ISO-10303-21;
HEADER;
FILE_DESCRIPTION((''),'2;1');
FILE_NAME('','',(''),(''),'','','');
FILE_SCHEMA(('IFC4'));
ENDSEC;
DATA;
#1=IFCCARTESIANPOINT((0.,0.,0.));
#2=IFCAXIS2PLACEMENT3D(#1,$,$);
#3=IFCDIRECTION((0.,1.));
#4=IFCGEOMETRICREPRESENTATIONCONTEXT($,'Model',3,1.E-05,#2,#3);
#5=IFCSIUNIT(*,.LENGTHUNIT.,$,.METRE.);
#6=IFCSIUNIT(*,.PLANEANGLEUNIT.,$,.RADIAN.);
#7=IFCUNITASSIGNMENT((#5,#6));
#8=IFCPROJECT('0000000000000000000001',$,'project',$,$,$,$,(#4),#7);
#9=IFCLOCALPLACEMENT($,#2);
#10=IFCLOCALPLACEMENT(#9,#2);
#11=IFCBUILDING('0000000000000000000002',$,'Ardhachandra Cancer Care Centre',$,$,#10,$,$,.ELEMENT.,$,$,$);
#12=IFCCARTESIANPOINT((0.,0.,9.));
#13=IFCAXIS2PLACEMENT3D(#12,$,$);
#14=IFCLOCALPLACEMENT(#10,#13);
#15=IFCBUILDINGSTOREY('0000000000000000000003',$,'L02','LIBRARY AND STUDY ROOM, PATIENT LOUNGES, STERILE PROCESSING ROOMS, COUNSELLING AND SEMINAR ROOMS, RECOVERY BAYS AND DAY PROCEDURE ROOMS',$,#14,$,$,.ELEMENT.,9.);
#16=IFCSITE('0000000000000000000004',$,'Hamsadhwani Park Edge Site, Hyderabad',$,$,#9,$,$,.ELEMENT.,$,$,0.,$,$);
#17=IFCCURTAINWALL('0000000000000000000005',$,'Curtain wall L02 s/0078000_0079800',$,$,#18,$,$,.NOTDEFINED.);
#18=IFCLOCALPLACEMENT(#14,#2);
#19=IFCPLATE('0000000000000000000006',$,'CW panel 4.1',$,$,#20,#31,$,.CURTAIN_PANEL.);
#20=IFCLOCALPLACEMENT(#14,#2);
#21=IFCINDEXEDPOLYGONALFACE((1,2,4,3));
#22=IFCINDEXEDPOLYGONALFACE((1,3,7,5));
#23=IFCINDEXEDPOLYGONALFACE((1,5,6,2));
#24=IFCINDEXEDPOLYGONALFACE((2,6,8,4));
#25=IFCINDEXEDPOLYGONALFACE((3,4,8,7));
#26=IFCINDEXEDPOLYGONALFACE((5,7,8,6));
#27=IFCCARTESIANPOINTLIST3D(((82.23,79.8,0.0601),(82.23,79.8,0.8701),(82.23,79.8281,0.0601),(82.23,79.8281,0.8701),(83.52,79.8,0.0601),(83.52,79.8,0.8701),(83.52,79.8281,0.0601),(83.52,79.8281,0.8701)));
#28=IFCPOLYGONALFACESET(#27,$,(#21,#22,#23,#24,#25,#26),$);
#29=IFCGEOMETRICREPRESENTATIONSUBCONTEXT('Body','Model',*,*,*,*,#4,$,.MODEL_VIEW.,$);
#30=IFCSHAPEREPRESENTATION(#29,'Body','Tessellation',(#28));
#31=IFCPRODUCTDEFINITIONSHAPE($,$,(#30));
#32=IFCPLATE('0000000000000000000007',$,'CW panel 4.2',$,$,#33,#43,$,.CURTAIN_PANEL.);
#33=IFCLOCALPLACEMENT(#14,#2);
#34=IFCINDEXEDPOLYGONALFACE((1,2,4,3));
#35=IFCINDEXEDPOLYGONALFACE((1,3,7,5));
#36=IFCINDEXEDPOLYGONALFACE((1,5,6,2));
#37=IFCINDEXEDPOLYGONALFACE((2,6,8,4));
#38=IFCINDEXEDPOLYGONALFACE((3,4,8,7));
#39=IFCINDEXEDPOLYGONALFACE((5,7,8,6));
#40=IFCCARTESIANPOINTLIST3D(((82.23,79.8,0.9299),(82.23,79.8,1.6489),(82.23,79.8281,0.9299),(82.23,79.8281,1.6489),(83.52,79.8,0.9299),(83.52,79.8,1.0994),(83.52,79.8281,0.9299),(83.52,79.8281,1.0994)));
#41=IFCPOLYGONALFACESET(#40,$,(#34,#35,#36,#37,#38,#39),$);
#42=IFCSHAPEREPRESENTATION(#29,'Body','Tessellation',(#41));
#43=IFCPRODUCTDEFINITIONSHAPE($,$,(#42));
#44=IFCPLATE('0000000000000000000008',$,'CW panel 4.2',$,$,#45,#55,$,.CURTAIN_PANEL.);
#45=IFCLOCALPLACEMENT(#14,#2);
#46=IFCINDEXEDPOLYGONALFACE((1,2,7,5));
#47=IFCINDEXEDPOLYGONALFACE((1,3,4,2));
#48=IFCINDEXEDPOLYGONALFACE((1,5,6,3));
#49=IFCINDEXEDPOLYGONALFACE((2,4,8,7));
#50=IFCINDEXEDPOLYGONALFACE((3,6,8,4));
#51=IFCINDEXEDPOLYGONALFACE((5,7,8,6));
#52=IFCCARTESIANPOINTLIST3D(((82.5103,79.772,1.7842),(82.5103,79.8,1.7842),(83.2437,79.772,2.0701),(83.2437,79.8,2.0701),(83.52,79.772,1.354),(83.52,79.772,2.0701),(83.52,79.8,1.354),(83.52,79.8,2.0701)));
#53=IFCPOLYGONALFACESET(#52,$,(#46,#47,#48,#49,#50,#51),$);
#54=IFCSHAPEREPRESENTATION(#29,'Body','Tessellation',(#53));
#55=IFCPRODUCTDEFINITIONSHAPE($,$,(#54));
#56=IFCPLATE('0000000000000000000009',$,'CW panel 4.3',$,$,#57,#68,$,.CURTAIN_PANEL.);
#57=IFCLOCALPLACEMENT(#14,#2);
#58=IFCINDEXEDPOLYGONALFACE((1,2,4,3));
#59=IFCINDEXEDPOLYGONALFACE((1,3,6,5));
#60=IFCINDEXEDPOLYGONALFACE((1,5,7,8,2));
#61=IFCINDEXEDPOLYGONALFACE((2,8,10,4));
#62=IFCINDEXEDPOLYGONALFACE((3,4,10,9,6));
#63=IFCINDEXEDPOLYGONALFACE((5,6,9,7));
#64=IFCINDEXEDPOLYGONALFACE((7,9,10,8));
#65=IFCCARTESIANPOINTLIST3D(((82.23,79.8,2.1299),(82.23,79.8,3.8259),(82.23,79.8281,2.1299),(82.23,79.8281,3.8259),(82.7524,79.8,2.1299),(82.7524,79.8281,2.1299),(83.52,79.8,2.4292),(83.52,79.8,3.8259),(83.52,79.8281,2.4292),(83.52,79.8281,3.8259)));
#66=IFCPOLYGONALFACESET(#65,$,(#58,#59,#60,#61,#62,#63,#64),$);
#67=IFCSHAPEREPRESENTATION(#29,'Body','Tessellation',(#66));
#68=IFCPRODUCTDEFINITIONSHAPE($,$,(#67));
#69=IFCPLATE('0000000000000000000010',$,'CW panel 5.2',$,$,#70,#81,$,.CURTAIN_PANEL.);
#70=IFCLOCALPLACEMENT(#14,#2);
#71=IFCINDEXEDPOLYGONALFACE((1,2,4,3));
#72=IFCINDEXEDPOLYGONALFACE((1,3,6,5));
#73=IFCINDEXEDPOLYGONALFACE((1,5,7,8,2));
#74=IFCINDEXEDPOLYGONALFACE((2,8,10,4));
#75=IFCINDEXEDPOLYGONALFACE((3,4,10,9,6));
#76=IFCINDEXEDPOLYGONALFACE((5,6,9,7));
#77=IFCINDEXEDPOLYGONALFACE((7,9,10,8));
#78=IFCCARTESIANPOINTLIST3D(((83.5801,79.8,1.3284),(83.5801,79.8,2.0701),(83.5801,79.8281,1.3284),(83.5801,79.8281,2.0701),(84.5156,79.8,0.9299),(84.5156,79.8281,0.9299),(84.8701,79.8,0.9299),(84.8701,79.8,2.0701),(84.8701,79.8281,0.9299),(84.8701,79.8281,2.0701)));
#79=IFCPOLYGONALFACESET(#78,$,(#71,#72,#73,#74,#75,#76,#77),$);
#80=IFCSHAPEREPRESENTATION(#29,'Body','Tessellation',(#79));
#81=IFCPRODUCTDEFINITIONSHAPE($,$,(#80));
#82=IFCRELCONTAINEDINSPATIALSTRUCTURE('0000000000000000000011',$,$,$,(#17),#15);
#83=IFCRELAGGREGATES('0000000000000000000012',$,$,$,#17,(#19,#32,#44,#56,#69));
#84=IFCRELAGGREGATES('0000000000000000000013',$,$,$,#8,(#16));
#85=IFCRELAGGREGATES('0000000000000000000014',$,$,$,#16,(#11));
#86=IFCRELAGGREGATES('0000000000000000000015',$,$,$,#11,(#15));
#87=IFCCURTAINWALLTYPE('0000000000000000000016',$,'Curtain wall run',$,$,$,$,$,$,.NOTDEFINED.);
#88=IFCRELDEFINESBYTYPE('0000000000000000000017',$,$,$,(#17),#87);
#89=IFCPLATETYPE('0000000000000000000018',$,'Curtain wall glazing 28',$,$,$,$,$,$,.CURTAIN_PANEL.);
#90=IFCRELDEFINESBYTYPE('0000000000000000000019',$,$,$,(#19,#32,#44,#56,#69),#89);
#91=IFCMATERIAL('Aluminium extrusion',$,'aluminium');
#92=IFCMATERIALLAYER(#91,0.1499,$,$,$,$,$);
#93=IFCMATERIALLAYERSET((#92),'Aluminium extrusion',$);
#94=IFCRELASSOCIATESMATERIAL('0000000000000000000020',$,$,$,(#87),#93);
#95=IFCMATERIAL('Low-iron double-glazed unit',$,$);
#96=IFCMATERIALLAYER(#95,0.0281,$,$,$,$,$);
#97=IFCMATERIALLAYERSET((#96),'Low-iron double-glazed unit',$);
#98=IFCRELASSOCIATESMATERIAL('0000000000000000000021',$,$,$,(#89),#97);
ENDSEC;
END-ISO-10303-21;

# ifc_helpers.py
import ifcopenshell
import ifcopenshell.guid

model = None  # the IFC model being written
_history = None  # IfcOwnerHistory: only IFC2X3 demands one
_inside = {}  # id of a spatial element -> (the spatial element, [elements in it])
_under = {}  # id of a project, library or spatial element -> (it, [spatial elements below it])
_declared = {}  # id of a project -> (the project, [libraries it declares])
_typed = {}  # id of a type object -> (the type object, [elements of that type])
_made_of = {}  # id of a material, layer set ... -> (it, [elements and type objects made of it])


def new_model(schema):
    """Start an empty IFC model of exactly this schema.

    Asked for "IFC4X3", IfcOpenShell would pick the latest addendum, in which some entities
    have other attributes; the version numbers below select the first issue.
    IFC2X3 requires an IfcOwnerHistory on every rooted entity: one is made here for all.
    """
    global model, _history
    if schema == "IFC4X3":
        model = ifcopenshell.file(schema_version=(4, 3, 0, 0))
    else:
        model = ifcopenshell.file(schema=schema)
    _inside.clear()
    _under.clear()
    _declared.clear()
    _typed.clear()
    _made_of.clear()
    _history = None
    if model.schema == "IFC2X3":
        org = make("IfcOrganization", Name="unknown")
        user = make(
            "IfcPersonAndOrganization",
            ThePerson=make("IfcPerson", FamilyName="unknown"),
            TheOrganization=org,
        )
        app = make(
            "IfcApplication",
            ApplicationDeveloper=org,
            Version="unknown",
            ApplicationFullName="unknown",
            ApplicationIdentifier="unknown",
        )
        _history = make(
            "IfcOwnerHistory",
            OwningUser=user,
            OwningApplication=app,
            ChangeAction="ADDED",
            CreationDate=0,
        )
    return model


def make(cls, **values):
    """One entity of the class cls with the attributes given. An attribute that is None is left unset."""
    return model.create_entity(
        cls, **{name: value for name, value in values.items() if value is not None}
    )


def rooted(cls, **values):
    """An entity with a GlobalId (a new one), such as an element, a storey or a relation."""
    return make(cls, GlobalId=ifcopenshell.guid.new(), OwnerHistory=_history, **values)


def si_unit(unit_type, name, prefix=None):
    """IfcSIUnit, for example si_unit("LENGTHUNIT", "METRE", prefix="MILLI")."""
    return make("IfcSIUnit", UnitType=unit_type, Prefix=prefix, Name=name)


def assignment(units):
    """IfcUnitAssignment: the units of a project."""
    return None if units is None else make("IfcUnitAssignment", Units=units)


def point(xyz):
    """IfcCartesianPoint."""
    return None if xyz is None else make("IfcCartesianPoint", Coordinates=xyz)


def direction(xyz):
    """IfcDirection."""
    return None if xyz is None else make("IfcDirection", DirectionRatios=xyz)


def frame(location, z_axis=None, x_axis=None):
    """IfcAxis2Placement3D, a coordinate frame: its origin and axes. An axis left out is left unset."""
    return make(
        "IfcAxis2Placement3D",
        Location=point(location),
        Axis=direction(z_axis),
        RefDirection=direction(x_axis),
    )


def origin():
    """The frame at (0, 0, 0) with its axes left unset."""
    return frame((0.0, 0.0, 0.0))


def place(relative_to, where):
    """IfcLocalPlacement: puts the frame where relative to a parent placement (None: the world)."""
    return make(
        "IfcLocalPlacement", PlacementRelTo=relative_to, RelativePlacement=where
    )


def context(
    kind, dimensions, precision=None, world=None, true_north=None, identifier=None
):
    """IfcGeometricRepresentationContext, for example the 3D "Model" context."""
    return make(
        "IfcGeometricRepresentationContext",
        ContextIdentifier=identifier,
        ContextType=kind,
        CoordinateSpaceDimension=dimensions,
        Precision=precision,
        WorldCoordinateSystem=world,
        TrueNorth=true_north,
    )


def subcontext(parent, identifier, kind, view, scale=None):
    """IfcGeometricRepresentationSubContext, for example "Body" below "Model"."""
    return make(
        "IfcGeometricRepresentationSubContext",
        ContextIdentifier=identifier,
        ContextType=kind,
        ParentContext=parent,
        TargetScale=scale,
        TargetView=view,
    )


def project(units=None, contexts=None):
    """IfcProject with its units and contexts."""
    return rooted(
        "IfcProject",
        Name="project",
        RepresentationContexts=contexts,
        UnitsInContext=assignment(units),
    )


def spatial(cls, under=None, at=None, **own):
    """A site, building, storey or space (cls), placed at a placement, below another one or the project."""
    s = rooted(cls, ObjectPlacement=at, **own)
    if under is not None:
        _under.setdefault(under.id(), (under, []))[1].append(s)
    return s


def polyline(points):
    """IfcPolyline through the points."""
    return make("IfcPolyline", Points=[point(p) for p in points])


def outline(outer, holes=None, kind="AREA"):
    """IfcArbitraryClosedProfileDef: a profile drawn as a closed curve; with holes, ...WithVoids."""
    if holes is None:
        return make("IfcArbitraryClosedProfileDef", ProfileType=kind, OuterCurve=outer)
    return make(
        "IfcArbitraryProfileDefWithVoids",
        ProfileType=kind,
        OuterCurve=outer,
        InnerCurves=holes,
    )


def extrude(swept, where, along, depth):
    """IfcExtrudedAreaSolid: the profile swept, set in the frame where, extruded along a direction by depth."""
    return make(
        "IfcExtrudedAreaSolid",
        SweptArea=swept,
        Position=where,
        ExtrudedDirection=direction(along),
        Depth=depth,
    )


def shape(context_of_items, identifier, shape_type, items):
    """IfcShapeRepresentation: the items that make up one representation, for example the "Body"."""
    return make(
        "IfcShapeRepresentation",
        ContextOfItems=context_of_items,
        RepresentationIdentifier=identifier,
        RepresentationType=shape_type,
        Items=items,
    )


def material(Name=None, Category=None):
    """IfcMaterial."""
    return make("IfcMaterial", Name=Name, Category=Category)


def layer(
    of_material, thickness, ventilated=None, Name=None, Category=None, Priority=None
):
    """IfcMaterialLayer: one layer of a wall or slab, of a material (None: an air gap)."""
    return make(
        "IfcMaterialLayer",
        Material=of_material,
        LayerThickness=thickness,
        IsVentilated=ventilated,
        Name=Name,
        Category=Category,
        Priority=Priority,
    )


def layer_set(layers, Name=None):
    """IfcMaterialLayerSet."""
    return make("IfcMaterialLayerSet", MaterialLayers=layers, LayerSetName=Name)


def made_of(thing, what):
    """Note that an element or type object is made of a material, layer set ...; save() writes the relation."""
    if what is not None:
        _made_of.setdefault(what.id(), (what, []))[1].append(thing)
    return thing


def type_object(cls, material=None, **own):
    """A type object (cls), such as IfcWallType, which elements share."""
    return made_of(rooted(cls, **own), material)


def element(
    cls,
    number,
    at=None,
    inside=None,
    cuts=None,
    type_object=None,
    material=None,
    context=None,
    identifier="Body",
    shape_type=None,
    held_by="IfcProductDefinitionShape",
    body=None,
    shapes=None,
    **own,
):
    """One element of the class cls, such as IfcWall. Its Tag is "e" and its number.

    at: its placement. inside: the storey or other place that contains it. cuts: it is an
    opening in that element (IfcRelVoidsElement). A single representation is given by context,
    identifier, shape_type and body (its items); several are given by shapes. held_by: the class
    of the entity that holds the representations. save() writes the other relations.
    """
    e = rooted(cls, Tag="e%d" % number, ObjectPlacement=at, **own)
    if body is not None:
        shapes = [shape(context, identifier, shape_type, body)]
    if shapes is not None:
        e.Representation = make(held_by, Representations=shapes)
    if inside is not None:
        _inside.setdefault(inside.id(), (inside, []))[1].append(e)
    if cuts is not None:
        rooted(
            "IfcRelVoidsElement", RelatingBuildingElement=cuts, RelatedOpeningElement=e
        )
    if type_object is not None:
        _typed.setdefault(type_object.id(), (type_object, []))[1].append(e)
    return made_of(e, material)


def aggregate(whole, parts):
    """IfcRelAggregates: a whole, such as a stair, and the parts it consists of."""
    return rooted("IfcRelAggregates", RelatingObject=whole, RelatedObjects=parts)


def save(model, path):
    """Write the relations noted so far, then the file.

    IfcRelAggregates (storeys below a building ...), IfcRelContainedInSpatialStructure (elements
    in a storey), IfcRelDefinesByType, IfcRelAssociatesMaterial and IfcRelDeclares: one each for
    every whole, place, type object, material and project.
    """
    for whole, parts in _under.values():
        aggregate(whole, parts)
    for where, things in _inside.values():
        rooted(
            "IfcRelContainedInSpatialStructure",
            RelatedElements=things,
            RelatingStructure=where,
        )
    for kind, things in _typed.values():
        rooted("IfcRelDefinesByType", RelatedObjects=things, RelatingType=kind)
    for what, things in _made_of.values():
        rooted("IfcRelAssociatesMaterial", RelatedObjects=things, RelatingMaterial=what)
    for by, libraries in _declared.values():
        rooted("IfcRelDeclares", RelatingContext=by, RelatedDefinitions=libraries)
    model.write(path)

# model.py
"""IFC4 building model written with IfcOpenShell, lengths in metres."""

from ifc_helpers import new_model, si_unit, direction, frame, origin, place, context, subcontext, project, spatial, polyline, outline, extrude, material, layer, layer_set, type_object, element, aggregate, save


model = new_model("IFC4")

# Units and contexts
model_context = context("Model", 3, precision=1e-05, world=origin(), true_north=direction((0.0, 1.0)))
body_context = subcontext(model_context, "Body", "Model", "MODEL_VIEW")
ifc_project = project(units=[si_unit("LENGTHUNIT", "METRE"), si_unit("PLANEANGLEUNIT", "RADIAN")], contexts=[model_context])

# Site, building, storey
site_placement = place(None, origin())
site = spatial("IfcSite", under=ifc_project, at=site_placement, Name="Hamsadhwani Park Edge Site, Hyderabad", CompositionType="ELEMENT", RefElevation=0.0)
building_placement = place(site_placement, origin())
building = spatial("IfcBuilding", under=site, at=building_placement, Name="Ardhachandra Cancer Care Centre", CompositionType="ELEMENT")
storey_placement = place(building_placement, frame((0.0, 0.0, 9.0)))
storey = spatial("IfcBuildingStorey", under=building, at=storey_placement, Name="L02", Description="LIBRARY AND STUDY ROOM, PATIENT LOUNGES, STERILE PROCESSING ROOMS, COUNSELLING AND SEMINAR ROOMS, RECOVERY BAYS AND DAY PROCEDURE ROOMS", CompositionType="ELEMENT", Elevation=9.0)

# Curtain wall
ifc_material_1 = material(Name="Aluminium extrusion", Category="aluminium")
ifc_layer_1 = layer(ifc_material_1, 0.1499)
ifc_layer_set_1 = layer_set([ifc_layer_1], Name="Aluminium extrusion")
curtain_wall_type = type_object("IfcCurtainWallType", Name="Curtain wall run", PredefinedType="NOTDEFINED", material=ifc_layer_set_1)
curtain_wall_placement = place(storey_placement, origin())
curtain_wall = element("IfcCurtainWall", 1, at=curtain_wall_placement, inside=storey, type_object=curtain_wall_type, Name="Curtain wall L02 s/0078000_0079800", PredefinedType="NOTDEFINED")

# Plates
ifc_material_2 = material(Name="Low-iron double-glazed unit")
ifc_layer_2 = layer(ifc_material_2, 0.0281)
ifc_layer_set_2 = layer_set([ifc_layer_2], Name="Low-iron double-glazed unit")
plate_type = type_object("IfcPlateType", Name="Curtain wall glazing 28", PredefinedType="CURTAIN_PANEL", material=ifc_layer_set_2)
plate_1_placement = place(storey_placement, frame((82.23, 79.8, 0.0601), z_axis=(0.0, 1.0, 0.0), x_axis=(0.0, 0.0, 1.0)))
plate_1 = element("IfcPlate", 2, at=plate_1_placement, type_object=plate_type, Name="CW panel 4.1", PredefinedType="CURTAIN_PANEL", context=body_context, shape_type="SweptSolid", body=[
    extrude(outline(polyline([(0.0, 0.0), (0.8101, 0.0), (0.8101, 1.29), (0.0, 1.29), (0.0, 0.0)])), origin(), (0.0, 0.0, 1.0), 0.0281),
])
plate_2_placement = place(storey_placement, frame((83.52, 79.8, 0.9299), z_axis=(0.0, 1.0, 0.0), x_axis=(-1.0, 0.0, 0.0)))
plate_2 = element("IfcPlate", 3, at=plate_2_placement, type_object=plate_type, Name="CW panel 4.2", PredefinedType="CURTAIN_PANEL", context=body_context, shape_type="SweptSolid", body=[
    extrude(outline(polyline([(0.0, 0.0), (1.29, 0.0), (1.29, 0.719), (0.0, 0.1694), (0.0, 0.0)])), origin(), (0.0, 0.0, 1.0), 0.0281),
])
plate_3_placement = place(storey_placement, frame((83.52, 79.8, 2.0701), z_axis=(0.0, 1.0, 0.0), x_axis=(0.0, 0.0, -1.0)))
plate_3 = element("IfcPlate", 4, at=plate_3_placement, type_object=plate_type, Name="CW panel 4.2", PredefinedType="CURTAIN_PANEL", context=body_context, shape_type="SweptSolid", body=[
    extrude(outline(polyline([(0.0, 0.0), (0.7161, 0.0), (0.2859, 1.0098), (0.0, 0.2764), (0.0, 0.0)])), frame((0.0, 0.0, -0.0281)), (0.0, 0.0, 1.0), 0.0281),
])
plate_4_placement = place(storey_placement, frame((82.23, 79.8, 2.1299), z_axis=(0.0, 1.0, 0.0), x_axis=(0.0, 0.0, 1.0)))
plate_4 = element("IfcPlate", 5, at=plate_4_placement, type_object=plate_type, Name="CW panel 4.3", PredefinedType="CURTAIN_PANEL", context=body_context, shape_type="SweptSolid", body=[
    extrude(outline(polyline([(0.0, 0.0), (1.696, 0.0), (1.696, 1.29), (0.2993, 1.29), (0.0, 0.5225), (0.0, 0.0)])), origin(), (0.0, 0.0, 1.0), 0.0281),
])
plate_5_placement = place(storey_placement, frame((83.5801, 79.8, 2.0701), z_axis=(0.0, 1.0, 0.0), x_axis=(1.0, 0.0, 0.0)))
plate_5 = element("IfcPlate", 6, at=plate_5_placement, type_object=plate_type, Name="CW panel 5.2", PredefinedType="CURTAIN_PANEL", context=body_context, shape_type="SweptSolid", body=[
    extrude(outline(polyline([(0.0, 0.0), (1.29, 0.0), (1.29, 1.1401), (0.9355, 1.1401), (0.0, 0.7417), (0.0, 0.0)])), origin(), (0.0, 0.0, 1.0), 0.0281),
])
aggregate(curtain_wall, [plate_1, plate_2, plate_3, plate_4, plate_5])

save(model, "model.ifc")
